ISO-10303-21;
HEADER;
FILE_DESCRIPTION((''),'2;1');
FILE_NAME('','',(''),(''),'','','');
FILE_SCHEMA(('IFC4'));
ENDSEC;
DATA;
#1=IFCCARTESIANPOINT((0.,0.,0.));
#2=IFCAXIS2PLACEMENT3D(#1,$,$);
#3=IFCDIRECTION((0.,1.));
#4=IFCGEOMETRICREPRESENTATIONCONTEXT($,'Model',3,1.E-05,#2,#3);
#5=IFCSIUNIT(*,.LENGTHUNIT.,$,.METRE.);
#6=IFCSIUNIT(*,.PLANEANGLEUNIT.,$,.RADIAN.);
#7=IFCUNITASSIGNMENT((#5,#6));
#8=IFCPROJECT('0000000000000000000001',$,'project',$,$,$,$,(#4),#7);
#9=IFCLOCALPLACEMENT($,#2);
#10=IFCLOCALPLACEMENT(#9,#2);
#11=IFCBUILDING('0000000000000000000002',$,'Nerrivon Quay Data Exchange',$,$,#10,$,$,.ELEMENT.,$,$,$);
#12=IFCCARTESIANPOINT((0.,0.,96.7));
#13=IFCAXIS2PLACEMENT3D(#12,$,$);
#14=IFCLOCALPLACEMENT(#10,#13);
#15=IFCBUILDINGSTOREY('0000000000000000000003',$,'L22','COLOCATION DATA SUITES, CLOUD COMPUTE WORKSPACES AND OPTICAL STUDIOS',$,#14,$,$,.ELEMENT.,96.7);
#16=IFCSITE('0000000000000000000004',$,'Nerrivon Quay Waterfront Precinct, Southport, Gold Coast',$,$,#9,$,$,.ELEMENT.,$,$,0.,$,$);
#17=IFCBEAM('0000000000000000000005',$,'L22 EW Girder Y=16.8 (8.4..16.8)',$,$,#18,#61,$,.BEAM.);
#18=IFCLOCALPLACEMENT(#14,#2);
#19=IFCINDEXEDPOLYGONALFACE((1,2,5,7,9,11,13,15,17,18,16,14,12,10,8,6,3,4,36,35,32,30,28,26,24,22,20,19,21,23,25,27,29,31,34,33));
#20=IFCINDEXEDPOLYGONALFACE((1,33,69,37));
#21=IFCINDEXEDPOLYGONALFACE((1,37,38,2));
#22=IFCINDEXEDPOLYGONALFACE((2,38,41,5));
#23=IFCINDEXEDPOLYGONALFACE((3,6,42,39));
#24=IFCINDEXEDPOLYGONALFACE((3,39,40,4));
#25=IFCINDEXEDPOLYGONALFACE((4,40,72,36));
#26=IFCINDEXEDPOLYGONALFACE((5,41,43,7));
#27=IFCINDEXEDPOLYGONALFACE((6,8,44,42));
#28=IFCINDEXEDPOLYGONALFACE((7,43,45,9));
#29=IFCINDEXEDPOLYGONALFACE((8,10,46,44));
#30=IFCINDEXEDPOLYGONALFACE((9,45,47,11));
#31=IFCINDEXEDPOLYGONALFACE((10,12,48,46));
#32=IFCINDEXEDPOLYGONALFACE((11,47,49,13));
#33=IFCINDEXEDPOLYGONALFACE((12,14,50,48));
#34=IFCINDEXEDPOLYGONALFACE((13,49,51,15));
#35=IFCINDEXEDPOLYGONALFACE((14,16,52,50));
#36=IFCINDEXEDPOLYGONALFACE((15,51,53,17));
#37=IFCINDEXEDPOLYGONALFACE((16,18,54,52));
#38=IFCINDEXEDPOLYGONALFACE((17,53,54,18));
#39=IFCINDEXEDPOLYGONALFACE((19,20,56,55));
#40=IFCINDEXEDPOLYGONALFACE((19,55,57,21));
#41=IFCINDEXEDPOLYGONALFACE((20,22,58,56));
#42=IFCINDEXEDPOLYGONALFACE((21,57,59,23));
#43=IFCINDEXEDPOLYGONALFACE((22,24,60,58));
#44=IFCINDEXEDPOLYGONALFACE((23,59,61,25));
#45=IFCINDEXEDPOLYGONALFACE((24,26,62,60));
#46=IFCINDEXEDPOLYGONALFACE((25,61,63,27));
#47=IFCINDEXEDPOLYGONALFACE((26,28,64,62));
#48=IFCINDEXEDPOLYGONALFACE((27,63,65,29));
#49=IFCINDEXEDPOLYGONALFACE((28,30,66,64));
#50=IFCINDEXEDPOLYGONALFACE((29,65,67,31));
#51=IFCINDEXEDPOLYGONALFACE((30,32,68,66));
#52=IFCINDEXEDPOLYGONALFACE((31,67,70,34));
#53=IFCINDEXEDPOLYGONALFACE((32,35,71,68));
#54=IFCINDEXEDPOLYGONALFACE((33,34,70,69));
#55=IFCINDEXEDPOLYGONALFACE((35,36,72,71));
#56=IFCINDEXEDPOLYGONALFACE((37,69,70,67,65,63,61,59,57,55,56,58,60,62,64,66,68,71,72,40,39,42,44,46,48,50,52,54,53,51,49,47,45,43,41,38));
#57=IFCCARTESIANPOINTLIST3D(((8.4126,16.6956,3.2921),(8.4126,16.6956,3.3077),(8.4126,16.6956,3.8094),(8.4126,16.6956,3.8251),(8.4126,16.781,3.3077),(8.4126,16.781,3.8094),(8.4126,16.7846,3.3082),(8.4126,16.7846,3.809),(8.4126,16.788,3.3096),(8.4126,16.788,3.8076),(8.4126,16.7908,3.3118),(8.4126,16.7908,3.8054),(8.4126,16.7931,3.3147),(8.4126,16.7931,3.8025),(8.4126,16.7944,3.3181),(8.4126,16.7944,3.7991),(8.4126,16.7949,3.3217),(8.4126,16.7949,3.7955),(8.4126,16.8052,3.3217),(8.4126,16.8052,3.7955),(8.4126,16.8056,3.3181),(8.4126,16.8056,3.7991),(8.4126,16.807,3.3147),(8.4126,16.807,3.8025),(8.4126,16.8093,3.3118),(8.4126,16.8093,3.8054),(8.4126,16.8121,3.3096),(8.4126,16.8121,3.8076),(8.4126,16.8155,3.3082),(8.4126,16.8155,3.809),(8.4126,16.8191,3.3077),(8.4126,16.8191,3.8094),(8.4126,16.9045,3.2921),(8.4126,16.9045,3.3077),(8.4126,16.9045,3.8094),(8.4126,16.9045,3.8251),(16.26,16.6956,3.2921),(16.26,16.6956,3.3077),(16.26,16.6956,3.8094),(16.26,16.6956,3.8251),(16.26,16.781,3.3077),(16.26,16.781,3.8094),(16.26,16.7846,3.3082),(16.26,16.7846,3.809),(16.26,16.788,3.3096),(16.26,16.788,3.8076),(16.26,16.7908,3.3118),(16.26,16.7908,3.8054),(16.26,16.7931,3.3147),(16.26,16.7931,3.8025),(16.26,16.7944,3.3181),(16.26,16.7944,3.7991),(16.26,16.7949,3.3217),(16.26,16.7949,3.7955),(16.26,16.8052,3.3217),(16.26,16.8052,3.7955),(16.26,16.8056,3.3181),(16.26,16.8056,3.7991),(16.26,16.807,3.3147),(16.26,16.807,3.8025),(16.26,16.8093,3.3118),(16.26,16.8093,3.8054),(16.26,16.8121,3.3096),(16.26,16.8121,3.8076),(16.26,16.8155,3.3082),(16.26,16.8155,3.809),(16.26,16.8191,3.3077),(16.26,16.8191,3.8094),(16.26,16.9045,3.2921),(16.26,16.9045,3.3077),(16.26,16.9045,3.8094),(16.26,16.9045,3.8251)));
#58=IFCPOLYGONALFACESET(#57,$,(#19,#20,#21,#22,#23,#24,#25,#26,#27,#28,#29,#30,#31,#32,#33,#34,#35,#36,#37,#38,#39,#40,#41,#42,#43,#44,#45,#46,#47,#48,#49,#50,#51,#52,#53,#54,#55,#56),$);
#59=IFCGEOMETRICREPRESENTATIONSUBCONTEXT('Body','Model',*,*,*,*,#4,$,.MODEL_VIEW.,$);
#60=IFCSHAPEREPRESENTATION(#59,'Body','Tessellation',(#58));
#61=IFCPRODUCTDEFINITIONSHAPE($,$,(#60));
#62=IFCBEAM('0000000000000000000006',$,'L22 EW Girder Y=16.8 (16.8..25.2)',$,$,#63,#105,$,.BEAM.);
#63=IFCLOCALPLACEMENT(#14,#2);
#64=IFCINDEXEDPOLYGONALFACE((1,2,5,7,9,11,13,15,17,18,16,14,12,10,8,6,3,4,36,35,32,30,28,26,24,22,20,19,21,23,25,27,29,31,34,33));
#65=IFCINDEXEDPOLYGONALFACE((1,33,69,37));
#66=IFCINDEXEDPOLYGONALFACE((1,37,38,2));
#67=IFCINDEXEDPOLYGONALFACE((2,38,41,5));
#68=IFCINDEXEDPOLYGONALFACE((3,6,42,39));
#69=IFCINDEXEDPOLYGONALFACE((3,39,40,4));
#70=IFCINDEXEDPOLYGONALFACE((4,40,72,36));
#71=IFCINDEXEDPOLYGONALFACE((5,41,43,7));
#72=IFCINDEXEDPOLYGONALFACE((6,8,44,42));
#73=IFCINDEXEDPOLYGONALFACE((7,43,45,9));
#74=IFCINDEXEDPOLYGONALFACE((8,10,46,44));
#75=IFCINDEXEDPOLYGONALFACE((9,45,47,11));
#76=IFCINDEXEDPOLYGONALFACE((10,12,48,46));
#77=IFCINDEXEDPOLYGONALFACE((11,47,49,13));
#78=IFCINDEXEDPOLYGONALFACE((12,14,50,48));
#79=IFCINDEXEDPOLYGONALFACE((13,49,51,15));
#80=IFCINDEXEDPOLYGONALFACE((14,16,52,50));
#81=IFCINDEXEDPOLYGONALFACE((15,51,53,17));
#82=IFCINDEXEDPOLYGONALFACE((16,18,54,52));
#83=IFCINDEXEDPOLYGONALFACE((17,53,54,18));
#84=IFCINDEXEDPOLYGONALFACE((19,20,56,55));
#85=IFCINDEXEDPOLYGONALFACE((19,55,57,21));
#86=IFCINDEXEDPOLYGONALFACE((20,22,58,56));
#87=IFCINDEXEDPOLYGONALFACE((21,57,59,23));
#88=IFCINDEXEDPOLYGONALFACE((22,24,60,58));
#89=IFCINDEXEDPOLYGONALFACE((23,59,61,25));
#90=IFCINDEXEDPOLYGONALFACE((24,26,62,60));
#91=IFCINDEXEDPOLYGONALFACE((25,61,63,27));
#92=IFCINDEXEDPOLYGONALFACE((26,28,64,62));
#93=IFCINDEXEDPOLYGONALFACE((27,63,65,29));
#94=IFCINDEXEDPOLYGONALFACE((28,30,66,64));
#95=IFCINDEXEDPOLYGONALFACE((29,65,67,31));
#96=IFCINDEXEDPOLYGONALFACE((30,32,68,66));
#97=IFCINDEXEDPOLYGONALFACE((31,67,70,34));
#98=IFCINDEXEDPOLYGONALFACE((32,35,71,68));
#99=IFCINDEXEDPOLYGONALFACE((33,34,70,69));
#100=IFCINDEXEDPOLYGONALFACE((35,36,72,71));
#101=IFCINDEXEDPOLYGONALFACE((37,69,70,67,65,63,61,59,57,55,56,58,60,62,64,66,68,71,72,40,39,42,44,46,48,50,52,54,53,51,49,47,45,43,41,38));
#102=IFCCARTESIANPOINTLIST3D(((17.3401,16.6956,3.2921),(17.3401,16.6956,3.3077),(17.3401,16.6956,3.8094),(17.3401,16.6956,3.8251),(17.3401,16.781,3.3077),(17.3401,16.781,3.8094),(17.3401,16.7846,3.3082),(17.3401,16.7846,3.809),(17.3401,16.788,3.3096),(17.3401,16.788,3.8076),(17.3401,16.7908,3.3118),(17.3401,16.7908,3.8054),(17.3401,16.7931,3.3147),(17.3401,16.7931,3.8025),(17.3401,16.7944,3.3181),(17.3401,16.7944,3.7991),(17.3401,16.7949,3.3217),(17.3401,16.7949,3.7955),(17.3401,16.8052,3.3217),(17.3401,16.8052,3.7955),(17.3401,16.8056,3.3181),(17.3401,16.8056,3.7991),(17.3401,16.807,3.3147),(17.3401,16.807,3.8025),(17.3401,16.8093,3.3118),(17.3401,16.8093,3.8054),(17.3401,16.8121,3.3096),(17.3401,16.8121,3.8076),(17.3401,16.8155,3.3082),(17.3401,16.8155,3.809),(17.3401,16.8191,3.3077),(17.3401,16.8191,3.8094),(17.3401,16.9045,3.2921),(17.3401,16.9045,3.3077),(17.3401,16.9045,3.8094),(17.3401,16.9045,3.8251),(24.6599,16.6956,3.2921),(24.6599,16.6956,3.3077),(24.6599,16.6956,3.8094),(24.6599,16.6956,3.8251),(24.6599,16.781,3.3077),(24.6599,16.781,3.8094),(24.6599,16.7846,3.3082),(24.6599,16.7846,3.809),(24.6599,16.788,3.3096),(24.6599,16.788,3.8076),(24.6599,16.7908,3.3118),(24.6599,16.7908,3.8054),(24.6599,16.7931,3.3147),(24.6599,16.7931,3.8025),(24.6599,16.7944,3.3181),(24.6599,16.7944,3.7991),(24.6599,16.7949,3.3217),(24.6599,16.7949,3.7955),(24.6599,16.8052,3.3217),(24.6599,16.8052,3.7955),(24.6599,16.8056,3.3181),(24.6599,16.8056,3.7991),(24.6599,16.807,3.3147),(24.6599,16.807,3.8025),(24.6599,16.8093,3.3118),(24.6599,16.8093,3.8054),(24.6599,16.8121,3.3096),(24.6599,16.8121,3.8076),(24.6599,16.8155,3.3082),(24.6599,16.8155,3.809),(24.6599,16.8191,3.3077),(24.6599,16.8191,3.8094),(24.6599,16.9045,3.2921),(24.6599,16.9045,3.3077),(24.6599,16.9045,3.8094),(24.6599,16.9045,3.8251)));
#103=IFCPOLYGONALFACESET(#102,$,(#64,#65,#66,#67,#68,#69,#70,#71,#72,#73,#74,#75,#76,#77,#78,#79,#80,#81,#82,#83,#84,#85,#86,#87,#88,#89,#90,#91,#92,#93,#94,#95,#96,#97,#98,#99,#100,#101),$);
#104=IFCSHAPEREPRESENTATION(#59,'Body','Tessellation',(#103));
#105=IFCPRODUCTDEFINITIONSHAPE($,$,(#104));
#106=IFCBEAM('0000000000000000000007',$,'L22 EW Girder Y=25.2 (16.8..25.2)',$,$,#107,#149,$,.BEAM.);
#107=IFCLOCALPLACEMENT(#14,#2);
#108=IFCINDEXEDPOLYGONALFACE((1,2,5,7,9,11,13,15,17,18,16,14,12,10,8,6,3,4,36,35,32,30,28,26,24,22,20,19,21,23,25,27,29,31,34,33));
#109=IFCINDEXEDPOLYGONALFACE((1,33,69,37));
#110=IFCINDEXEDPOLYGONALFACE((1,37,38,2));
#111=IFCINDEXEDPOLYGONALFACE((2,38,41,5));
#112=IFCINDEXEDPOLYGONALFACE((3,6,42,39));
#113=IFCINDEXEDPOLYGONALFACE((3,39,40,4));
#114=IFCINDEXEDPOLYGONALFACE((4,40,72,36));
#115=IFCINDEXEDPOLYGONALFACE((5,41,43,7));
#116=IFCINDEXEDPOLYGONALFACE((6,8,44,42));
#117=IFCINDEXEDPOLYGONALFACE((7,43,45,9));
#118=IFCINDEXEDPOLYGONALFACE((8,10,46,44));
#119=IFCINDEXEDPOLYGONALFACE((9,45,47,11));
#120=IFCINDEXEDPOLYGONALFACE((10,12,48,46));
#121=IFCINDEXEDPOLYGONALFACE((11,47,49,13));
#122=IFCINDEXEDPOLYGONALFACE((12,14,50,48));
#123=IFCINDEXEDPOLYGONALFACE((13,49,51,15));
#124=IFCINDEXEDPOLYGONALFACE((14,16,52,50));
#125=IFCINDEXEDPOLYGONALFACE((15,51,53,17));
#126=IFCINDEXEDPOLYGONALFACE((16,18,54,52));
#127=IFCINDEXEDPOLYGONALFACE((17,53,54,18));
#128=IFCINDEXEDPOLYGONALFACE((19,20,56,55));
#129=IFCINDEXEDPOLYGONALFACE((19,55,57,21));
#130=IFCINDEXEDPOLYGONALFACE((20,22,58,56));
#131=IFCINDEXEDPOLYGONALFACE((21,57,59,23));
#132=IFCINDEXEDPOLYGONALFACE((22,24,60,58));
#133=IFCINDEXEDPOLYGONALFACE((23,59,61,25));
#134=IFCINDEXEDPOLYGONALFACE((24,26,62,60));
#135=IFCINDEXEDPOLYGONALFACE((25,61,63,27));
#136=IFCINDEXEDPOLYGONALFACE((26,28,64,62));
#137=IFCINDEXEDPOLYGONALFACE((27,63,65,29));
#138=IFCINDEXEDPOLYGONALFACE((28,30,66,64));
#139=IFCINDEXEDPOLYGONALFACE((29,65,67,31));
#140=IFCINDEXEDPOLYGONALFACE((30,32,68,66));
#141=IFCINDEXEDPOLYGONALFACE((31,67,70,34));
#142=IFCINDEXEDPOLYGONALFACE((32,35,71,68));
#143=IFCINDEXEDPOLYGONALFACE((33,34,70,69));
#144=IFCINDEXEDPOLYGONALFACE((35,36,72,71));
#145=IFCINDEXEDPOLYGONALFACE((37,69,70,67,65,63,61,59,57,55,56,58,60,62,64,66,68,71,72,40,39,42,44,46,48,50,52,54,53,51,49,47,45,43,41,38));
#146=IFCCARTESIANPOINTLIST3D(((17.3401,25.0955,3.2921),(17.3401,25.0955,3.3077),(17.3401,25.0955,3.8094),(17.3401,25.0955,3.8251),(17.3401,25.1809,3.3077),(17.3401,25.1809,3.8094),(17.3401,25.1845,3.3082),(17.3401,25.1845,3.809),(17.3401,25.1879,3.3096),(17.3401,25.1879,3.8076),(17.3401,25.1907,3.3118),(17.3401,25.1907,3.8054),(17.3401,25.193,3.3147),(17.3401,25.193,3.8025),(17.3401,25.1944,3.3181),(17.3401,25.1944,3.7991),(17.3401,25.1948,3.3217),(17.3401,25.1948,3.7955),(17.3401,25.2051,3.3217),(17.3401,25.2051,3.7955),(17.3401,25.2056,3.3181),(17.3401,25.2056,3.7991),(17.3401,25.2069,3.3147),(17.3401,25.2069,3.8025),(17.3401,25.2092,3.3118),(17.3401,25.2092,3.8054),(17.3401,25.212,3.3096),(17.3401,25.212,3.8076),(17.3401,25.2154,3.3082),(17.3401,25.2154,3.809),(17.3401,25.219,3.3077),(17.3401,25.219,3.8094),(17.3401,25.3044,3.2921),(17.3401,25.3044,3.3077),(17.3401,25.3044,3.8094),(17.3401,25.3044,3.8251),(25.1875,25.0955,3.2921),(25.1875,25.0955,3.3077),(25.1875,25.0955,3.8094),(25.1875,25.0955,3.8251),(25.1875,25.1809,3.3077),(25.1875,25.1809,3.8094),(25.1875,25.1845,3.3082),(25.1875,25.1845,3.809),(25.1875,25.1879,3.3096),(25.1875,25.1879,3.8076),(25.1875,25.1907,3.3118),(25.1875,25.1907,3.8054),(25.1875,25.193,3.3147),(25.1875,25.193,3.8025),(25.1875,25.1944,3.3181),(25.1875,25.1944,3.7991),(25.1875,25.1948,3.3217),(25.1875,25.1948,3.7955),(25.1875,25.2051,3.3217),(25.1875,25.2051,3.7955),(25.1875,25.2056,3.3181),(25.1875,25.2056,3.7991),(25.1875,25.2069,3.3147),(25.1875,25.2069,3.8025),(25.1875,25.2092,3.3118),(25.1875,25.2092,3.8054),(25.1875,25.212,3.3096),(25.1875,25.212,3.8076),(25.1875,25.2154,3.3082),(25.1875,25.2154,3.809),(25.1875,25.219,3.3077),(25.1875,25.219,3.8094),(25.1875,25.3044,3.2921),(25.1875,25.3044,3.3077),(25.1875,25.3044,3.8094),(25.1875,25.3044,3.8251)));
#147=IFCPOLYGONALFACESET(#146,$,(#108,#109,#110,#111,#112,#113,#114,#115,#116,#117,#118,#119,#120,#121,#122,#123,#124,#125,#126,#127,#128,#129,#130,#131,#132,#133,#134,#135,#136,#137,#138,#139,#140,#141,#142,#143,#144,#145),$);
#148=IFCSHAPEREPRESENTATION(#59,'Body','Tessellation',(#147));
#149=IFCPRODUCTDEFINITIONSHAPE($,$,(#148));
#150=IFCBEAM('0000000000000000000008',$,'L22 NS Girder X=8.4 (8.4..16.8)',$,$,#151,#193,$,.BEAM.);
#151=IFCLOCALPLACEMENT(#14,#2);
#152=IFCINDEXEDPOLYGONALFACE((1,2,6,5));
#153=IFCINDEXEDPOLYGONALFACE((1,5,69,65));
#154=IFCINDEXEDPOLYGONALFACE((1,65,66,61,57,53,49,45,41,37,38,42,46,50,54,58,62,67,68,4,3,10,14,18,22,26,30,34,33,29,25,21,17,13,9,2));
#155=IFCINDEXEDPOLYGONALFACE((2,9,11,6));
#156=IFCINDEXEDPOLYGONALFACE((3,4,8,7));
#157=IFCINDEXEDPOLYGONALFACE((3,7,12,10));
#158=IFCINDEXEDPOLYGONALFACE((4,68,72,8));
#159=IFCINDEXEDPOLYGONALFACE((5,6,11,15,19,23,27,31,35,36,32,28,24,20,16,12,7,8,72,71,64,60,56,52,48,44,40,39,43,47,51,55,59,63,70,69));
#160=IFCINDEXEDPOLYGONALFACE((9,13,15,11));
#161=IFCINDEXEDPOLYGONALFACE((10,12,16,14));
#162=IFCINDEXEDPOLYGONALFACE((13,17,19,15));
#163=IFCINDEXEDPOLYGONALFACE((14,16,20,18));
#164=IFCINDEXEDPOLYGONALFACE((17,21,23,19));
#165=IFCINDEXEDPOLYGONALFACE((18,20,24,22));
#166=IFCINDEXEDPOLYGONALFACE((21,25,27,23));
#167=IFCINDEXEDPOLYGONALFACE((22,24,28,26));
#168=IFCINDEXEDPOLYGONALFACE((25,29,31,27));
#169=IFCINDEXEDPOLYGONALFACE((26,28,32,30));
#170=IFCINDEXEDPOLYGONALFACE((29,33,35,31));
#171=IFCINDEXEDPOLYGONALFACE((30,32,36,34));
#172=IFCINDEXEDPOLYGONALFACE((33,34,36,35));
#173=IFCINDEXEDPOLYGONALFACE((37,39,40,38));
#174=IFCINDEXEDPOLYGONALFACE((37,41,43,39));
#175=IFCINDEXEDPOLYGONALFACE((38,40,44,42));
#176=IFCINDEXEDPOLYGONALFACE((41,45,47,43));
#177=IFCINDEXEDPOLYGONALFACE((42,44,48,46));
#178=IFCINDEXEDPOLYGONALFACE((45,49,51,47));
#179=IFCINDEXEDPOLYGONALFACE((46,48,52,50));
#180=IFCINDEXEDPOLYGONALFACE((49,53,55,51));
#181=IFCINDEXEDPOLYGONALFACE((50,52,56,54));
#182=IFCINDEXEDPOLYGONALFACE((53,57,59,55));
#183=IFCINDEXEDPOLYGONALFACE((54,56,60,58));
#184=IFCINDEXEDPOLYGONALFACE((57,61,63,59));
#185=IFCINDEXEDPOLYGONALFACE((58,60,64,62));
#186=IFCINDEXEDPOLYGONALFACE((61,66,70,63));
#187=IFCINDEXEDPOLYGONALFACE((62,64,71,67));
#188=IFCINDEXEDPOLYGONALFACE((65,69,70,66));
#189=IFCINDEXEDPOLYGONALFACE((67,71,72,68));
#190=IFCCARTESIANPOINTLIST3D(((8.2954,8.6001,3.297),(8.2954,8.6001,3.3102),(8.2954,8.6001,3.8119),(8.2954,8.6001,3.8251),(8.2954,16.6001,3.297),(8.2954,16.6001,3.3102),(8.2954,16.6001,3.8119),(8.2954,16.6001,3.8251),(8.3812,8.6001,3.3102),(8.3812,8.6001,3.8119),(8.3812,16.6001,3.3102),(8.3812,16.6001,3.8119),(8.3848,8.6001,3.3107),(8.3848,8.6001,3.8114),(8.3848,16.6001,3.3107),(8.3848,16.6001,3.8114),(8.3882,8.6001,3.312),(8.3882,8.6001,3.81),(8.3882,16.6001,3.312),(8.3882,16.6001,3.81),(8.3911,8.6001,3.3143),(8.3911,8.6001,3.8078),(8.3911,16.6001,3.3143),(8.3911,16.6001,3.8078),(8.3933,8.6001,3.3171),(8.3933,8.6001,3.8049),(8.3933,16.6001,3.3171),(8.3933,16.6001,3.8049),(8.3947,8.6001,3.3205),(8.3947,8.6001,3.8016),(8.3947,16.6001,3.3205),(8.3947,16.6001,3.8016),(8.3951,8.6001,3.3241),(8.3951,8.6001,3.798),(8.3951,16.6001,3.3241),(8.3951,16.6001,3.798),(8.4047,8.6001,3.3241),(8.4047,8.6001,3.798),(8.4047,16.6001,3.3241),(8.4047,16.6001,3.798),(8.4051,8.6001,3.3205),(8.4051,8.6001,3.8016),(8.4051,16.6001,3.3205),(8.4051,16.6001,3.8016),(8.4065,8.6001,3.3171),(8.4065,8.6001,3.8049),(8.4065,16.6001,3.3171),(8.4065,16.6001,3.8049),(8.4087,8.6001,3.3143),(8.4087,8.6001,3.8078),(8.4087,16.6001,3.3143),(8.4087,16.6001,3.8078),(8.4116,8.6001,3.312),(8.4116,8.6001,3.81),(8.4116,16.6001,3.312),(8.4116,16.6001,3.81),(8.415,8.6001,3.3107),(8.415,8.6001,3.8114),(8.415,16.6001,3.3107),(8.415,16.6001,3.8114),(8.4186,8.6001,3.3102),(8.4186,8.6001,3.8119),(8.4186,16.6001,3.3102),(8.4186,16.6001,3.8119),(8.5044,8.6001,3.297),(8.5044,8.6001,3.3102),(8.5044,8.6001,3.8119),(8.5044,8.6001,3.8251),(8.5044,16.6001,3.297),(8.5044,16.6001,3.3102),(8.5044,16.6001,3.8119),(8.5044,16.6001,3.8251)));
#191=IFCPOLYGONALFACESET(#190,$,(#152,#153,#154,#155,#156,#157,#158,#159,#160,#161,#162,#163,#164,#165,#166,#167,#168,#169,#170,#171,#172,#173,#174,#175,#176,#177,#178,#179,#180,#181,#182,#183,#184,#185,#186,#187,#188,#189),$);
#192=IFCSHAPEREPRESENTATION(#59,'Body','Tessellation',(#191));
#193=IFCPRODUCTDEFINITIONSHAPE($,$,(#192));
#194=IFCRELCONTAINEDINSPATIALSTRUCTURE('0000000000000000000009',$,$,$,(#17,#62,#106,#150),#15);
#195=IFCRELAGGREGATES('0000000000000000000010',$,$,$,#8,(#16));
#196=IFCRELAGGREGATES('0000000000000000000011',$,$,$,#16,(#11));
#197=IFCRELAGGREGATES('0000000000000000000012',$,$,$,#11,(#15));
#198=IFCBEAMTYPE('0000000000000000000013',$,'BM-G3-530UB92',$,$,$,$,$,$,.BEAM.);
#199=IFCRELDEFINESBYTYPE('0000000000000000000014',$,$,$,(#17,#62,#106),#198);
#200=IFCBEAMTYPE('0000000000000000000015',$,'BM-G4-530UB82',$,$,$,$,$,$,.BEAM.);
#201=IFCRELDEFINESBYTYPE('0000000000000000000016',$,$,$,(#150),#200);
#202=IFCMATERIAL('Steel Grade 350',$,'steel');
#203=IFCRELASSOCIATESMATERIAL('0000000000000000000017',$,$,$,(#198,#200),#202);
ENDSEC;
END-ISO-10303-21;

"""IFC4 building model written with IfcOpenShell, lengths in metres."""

from ifc_helpers import new_model, si_unit, direction, frame, origin, origin_2d, place, context, subcontext, project, spatial, i_section, extrude, material, material_profile, profile_set, type_object, element, save


model = new_model("IFC4")

# Units and contexts
model_context = context("Model", 3, precision=1e-05, world=origin(), true_north=direction((0.0, 1.0)))
body_context = subcontext(model_context, "Body", "Model", "MODEL_VIEW")
ifc_project = project(units=[si_unit("LENGTHUNIT", "METRE"), si_unit("PLANEANGLEUNIT", "RADIAN")], contexts=[model_context])

# Site, building, storey
site_placement = place(None, origin())
site = spatial("IfcSite", under=ifc_project, at=site_placement, Name="Nerrivon Quay Waterfront Precinct, Southport, Gold Coast", CompositionType="ELEMENT", RefElevation=0.0)
building_placement = place(site_placement, origin())
building = spatial("IfcBuilding", under=site, at=building_placement, Name="Nerrivon Quay Data Exchange", CompositionType="ELEMENT")
storey_placement = place(building_placement, frame((0.0, 0.0, 96.7)))
storey = spatial("IfcBuildingStorey", under=building, at=storey_placement, Name="L22", Description="COLOCATION DATA SUITES, CLOUD COMPUTE WORKSPACES AND OPTICAL STUDIOS", CompositionType="ELEMENT", Elevation=96.7)

# Shared definitions
ifc_material_1 = material(Name="Steel Grade 350", Category="steel")

# Beams
ifc_material_profile_1 = material_profile(ifc_material_1, i_section(OverallWidth=0.209, OverallDepth=0.533, WebThickness=0.0103, FlangeThickness=0.0156, FilletRadius=0.0139, at=origin_2d()), Name="530UB92.4")
ifc_profile_set_1 = profile_set([ifc_material_profile_1], Name="Steel Grade 350")
beam_type_1 = type_object("IfcBeamType", Name="BM-G3-530UB92", PredefinedType="BEAM", material=ifc_profile_set_1)
beam_1_placement = place(storey_placement, frame((8.4126, 16.8, 3.5586), z_axis=(1.0, 0.0, 0.0), x_axis=(0.0, 1.0, 0.0)))
element("IfcBeam", 1, at=beam_1_placement, inside=storey, type_object=beam_type_1, Name="L22 EW Girder Y=16.8 (8.4..16.8)", PredefinedType="BEAM", context=body_context, shape_type="SweptSolid", body=[
    extrude(i_section(OverallWidth=0.209, OverallDepth=0.533, WebThickness=0.0103, FlangeThickness=0.0156, FilletRadius=0.0139, at=origin_2d()), origin(), (0.0, 0.0, 1.0), 7.8474),
])
beam_2_placement = place(storey_placement, frame((17.3401, 16.8, 3.5586), z_axis=(1.0, 0.0, 0.0), x_axis=(0.0, 1.0, 0.0)))
element("IfcBeam", 2, at=beam_2_placement, inside=storey, type_object=beam_type_1, Name="L22 EW Girder Y=16.8 (16.8..25.2)", PredefinedType="BEAM", context=body_context, shape_type="SweptSolid", body=[
    extrude(i_section(OverallWidth=0.209, OverallDepth=0.533, WebThickness=0.0103, FlangeThickness=0.0156, FilletRadius=0.0139, at=origin_2d()), origin(), (0.0, 0.0, 1.0), 7.3198),
])
beam_3_placement = place(storey_placement, frame((17.3401, 25.2, 3.5586), z_axis=(1.0, 0.0, 0.0), x_axis=(0.0, 1.0, 0.0)))
element("IfcBeam", 3, at=beam_3_placement, inside=storey, type_object=beam_type_1, Name="L22 EW Girder Y=25.2 (16.8..25.2)", PredefinedType="BEAM", context=body_context, shape_type="SweptSolid", body=[
    extrude(i_section(OverallWidth=0.209, OverallDepth=0.533, WebThickness=0.0103, FlangeThickness=0.0156, FilletRadius=0.0139, at=origin_2d()), origin(), (0.0, 0.0, 1.0), 7.8474),
])
ifc_material_profile_2 = material_profile(ifc_material_1, i_section(OverallWidth=0.209, OverallDepth=0.5281, WebThickness=0.0095, FlangeThickness=0.0132, FilletRadius=0.0139, at=origin_2d()), Name="530UB82.0")
ifc_profile_set_2 = profile_set([ifc_material_profile_2], Name="Steel Grade 350")
beam_type_2 = type_object("IfcBeamType", Name="BM-G4-530UB82", PredefinedType="BEAM", material=ifc_profile_set_2)
beam_4_placement = place(storey_placement, frame((8.3999, 8.6001, 3.561), z_axis=(0.0, 1.0, 0.0), x_axis=(-1.0, 0.0, 0.0)))
element("IfcBeam", 4, at=beam_4_placement, inside=storey, type_object=beam_type_2, Name="L22 NS Girder X=8.4 (8.4..16.8)", PredefinedType="BEAM", context=body_context, shape_type="SweptSolid", body=[
    extrude(i_section(OverallWidth=0.209, OverallDepth=0.5281, WebThickness=0.0095, FlangeThickness=0.0132, FilletRadius=0.0139, at=origin_2d()), origin(), (0.0, 0.0, 1.0), 8.0),
])

save(model, "model.ifc")
